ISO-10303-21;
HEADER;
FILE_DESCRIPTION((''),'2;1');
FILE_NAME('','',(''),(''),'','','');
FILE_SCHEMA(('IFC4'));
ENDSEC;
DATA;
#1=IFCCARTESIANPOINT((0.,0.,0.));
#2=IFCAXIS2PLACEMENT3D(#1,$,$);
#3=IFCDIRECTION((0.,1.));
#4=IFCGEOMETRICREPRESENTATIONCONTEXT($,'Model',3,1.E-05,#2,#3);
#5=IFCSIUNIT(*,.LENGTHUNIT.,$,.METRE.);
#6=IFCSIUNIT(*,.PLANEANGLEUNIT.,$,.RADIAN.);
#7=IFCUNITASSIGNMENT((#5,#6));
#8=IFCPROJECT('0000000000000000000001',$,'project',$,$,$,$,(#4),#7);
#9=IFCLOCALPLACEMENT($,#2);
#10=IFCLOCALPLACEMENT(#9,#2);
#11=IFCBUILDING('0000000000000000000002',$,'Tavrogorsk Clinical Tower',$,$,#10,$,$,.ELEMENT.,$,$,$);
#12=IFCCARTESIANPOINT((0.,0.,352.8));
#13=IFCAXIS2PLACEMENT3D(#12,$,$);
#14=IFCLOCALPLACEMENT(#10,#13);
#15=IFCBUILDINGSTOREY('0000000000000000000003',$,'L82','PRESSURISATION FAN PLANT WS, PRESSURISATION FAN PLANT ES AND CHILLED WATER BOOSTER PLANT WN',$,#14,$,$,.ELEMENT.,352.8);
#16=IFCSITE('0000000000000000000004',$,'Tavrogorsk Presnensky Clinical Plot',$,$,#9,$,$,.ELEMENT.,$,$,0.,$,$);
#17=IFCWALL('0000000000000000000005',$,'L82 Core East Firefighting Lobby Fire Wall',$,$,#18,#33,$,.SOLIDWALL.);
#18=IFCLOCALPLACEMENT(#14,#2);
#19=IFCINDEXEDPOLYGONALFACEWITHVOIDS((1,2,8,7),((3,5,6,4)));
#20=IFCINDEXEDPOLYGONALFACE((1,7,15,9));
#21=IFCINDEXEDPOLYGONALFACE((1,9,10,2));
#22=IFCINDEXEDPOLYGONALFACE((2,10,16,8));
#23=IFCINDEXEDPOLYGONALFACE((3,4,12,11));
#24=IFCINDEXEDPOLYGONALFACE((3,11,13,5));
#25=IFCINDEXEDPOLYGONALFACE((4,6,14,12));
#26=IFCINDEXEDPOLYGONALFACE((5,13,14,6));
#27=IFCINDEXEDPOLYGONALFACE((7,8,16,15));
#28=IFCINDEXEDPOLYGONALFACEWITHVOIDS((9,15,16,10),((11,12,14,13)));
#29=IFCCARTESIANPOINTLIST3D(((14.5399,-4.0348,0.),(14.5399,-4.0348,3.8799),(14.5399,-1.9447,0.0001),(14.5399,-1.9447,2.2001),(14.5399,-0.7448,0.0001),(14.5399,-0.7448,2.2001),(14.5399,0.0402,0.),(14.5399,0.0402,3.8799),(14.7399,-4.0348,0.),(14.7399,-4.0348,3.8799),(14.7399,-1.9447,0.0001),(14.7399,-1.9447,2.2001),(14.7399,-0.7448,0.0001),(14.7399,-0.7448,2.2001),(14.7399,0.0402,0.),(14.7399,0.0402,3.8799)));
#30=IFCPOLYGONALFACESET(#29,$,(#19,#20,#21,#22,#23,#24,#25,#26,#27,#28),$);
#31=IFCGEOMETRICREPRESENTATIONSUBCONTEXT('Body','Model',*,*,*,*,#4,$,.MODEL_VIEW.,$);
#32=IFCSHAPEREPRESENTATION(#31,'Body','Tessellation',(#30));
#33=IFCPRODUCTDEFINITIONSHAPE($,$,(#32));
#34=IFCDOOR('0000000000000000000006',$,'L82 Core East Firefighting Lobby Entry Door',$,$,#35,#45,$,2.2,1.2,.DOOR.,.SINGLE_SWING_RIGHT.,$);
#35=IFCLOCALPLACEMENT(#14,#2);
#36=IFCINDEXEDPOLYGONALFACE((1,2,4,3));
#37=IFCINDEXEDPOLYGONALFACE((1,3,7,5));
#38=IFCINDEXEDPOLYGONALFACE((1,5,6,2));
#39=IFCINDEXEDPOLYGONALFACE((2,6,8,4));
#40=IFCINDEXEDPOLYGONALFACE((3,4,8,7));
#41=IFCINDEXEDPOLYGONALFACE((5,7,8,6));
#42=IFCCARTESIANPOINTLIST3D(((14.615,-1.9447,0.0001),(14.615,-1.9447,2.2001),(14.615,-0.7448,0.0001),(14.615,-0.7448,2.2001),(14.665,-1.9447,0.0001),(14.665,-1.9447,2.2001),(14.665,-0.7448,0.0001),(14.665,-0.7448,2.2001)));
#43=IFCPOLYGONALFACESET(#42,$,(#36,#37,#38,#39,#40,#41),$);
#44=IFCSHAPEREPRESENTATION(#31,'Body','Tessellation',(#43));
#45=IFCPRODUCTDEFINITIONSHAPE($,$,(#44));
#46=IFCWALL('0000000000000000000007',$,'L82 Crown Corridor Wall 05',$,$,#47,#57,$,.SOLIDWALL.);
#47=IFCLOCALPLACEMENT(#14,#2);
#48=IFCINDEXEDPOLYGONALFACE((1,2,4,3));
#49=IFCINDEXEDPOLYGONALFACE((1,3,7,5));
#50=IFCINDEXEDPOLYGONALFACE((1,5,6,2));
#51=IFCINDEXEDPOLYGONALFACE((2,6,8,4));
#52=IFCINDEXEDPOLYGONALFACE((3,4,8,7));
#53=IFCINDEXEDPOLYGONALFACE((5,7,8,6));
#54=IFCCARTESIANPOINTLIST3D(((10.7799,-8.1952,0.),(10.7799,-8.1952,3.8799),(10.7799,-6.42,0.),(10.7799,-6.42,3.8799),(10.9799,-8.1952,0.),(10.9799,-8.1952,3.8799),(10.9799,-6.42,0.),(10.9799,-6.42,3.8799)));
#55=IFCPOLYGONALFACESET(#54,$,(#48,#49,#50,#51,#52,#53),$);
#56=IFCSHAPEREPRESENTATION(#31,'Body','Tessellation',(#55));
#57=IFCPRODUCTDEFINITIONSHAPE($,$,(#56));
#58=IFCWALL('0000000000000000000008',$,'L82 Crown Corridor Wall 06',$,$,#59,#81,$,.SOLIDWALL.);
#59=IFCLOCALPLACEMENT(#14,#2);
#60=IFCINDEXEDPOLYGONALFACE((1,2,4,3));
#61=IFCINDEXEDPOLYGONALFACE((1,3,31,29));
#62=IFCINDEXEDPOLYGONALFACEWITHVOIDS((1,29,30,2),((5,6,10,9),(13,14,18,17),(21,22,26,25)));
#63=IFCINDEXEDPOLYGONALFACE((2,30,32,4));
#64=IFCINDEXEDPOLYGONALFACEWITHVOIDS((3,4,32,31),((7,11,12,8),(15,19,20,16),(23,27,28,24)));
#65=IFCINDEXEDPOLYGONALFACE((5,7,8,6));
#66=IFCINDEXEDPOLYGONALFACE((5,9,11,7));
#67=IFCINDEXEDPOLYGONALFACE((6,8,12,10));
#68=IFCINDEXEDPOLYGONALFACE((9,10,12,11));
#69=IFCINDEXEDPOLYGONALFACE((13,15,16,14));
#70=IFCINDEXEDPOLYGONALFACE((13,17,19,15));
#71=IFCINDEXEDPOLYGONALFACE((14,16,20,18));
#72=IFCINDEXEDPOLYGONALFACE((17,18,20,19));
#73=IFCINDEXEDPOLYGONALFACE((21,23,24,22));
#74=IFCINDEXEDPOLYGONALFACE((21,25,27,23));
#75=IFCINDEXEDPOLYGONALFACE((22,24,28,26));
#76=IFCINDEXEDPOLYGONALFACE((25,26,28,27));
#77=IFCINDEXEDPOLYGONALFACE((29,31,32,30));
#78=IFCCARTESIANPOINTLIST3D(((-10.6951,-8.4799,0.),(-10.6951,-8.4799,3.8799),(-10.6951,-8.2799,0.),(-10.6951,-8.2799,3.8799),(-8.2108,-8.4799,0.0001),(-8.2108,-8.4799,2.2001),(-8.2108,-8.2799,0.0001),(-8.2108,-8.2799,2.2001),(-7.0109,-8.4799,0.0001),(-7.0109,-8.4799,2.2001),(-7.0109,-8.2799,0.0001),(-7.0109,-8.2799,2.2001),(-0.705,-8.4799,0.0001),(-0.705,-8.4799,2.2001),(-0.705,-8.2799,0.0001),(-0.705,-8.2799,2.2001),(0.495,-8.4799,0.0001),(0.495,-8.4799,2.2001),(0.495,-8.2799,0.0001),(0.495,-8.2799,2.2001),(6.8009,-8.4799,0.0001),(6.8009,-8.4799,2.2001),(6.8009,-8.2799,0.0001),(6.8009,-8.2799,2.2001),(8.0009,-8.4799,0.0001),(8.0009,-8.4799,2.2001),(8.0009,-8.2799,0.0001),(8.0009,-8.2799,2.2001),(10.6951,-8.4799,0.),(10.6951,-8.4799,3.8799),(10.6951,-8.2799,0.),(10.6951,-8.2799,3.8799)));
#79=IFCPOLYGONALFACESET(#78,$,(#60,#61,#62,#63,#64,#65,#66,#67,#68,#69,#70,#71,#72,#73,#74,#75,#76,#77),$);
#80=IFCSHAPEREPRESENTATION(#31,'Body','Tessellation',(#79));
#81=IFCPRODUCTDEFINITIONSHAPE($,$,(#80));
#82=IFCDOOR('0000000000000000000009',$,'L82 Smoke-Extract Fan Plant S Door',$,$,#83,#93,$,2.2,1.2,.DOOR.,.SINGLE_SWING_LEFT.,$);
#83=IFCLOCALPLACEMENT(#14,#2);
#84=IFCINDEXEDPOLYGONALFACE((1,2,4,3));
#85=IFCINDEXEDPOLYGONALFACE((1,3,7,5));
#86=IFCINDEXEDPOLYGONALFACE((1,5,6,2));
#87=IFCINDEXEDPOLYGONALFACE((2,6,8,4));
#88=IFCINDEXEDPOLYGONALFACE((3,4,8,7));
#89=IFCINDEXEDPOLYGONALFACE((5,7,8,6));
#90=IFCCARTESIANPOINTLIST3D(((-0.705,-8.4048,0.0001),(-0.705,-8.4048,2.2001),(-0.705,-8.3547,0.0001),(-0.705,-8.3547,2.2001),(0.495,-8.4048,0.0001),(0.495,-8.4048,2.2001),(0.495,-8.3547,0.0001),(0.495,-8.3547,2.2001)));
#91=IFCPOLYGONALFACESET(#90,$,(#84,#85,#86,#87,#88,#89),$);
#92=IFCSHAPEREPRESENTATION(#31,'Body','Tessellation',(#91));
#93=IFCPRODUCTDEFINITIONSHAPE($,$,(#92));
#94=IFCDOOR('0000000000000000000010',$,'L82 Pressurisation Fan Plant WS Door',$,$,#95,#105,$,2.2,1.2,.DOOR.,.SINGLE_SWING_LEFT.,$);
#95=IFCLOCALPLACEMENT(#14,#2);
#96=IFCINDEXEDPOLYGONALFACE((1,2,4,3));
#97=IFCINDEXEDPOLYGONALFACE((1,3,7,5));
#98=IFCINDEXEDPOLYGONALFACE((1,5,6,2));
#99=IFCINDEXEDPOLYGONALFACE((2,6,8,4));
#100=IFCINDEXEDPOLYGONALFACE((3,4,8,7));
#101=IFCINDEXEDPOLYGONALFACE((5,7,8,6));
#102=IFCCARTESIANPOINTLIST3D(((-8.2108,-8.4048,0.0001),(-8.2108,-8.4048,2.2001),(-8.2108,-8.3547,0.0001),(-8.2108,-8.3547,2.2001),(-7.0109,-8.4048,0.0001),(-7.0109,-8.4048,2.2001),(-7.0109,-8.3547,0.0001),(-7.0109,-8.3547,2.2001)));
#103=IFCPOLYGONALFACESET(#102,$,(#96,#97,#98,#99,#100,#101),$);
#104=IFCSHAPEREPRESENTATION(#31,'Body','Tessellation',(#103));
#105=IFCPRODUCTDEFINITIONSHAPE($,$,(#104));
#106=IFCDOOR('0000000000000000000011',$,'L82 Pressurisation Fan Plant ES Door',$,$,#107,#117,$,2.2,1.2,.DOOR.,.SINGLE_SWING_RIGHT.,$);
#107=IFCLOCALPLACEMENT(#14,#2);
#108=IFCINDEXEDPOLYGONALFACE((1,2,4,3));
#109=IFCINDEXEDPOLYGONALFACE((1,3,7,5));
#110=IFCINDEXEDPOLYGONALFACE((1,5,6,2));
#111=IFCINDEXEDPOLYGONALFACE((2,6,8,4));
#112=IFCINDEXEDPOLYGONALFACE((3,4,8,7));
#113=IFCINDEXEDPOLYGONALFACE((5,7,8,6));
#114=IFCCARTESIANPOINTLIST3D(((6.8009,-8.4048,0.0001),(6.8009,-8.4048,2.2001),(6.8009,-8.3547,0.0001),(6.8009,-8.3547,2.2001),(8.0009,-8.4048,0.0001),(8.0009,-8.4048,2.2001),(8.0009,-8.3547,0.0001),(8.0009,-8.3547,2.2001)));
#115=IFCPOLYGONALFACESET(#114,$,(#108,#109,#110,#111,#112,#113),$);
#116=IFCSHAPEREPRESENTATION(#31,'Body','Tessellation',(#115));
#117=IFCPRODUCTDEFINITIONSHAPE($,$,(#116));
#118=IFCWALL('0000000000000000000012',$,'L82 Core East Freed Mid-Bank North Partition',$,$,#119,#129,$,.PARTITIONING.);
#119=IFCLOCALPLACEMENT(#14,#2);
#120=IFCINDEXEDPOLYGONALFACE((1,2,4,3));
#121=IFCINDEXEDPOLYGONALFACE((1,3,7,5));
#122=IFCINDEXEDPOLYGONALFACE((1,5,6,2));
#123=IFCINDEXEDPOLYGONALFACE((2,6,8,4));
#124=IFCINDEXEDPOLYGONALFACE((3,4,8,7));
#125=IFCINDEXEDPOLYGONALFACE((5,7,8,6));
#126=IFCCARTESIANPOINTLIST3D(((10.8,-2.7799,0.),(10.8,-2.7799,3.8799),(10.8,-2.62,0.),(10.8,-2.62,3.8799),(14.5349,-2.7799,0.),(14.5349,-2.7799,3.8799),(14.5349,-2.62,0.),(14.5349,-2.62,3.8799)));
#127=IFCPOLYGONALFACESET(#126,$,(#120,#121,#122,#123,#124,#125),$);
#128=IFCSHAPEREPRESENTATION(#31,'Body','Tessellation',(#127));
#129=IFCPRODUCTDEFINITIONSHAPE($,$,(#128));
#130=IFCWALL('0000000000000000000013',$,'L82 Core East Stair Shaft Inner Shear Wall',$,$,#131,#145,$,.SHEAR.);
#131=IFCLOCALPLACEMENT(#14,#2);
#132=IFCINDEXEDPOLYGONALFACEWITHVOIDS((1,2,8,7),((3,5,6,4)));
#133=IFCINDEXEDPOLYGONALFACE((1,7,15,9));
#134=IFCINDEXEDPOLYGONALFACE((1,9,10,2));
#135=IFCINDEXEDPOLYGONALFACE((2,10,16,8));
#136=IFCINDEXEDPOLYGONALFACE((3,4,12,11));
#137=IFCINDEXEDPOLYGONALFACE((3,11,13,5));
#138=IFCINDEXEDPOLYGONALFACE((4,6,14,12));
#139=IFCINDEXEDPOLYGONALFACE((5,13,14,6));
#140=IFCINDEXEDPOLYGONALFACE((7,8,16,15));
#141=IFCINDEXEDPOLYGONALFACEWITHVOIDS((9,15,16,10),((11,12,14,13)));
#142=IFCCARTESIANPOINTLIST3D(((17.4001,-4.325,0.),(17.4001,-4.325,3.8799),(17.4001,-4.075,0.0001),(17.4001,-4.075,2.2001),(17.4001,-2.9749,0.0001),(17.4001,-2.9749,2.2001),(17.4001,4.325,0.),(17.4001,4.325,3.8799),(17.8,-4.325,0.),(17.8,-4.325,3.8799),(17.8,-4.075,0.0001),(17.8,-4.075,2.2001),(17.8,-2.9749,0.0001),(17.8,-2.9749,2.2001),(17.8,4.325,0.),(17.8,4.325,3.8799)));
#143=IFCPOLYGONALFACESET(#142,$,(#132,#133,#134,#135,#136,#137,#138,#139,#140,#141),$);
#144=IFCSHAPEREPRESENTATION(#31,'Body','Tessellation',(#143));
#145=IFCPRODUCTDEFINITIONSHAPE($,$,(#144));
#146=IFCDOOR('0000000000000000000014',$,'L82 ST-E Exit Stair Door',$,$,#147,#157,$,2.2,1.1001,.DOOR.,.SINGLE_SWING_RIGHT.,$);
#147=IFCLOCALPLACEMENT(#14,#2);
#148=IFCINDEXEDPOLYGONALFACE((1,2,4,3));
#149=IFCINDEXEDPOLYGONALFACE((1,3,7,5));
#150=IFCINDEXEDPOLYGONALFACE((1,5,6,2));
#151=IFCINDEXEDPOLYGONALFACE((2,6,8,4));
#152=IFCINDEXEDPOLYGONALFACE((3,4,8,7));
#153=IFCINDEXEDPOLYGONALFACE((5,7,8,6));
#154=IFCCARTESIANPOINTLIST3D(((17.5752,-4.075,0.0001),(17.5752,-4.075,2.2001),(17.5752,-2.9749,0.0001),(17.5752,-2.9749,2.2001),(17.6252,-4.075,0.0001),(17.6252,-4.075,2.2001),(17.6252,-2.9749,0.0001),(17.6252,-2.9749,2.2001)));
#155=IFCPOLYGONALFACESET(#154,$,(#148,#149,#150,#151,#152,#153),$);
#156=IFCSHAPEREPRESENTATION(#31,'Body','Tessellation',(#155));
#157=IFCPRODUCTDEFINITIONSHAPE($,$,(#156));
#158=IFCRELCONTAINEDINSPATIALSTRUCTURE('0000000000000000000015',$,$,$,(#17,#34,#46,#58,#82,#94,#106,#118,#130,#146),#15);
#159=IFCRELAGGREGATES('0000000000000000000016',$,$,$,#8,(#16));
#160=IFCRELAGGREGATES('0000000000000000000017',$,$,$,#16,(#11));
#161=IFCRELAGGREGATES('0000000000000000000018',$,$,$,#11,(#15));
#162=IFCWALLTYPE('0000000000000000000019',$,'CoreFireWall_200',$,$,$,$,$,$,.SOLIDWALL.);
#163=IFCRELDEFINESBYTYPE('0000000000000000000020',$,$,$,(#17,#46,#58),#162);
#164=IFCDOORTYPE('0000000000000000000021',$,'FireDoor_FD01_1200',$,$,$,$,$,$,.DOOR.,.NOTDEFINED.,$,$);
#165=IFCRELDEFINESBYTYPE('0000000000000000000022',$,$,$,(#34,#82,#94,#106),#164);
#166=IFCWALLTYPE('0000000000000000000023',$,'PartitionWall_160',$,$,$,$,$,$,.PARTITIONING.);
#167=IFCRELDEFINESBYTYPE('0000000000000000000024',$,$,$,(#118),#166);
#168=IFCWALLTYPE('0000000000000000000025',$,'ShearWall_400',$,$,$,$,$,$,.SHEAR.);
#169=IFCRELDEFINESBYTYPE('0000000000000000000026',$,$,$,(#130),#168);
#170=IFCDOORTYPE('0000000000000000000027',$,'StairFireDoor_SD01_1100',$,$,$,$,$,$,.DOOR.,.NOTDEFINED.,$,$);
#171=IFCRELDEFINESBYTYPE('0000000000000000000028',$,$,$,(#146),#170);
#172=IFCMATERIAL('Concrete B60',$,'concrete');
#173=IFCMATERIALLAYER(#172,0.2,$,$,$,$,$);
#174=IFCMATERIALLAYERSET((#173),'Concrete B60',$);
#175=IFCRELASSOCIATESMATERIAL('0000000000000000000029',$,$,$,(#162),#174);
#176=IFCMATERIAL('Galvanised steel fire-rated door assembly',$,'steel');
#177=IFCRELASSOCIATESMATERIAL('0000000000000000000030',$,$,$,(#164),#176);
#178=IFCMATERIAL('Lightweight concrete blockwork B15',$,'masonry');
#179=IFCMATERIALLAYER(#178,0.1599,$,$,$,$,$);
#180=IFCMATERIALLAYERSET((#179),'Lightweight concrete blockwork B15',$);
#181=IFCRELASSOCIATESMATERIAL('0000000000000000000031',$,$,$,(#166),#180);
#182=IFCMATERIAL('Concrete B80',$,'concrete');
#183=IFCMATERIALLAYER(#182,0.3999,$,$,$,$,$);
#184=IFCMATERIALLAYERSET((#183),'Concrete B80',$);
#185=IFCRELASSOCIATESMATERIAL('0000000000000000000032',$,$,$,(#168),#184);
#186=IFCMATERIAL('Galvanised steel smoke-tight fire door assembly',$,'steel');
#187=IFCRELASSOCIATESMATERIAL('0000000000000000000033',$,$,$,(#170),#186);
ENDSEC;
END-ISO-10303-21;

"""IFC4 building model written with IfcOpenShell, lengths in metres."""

from ifc_helpers import new_model, si_unit, direction, frame, frame_2d, origin, place, context, subcontext, project, spatial, rectangle, extrude, material, layer, layer_set, type_object, element, fill, save


model = new_model("IFC4")

# Units and contexts
model_context = context("Model", 3, precision=1e-05, world=origin(), true_north=direction((0.0, 1.0)))
body_context = subcontext(model_context, "Body", "Model", "MODEL_VIEW")
ifc_project = project(units=[si_unit("LENGTHUNIT", "METRE"), si_unit("PLANEANGLEUNIT", "RADIAN")], contexts=[model_context])

# Site, building, storey
site_placement = place(None, origin())
site = spatial("IfcSite", under=ifc_project, at=site_placement, Name="Tavrogorsk Presnensky Clinical Plot", CompositionType="ELEMENT", RefElevation=0.0)
building_placement = place(site_placement, origin())
building = spatial("IfcBuilding", under=site, at=building_placement, Name="Tavrogorsk Clinical Tower", CompositionType="ELEMENT")
storey_placement = place(building_placement, frame((0.0, 0.0, 352.8)))
storey = spatial("IfcBuildingStorey", under=building, at=storey_placement, Name="L82", Description="PRESSURISATION FAN PLANT WS, PRESSURISATION FAN PLANT ES AND CHILLED WATER BOOSTER PLANT WN", CompositionType="ELEMENT", Elevation=352.8)

# Wall, opening, door
ifc_material_1 = material(Name="Concrete B60", Category="concrete")
ifc_layer_1 = layer(ifc_material_1, 0.2)
ifc_layer_set_1 = layer_set([ifc_layer_1], Name="Concrete B60")
wall_type_1 = type_object("IfcWallType", Name="CoreFireWall_200", PredefinedType="SOLIDWALL", material=ifc_layer_set_1)
wall_1_placement = place(storey_placement, frame((14.6399, -4.0349, 0.0), z_axis=(0.0, 0.0, 1.0), x_axis=(0.0, 1.0, 0.0)))
wall_1 = element("IfcWall", 1, at=wall_1_placement, inside=storey, type_object=wall_type_1, Name="L82 Core East Firefighting Lobby Fire Wall", PredefinedType="SOLIDWALL", context=body_context, shape_type="SweptSolid", body=[
    extrude(rectangle(XDim=4.075, YDim=0.2, at=frame_2d((2.0376, 0.0))), origin(), (0.0, 0.0, 1.0), 3.8799),
])
opening_1_placement = place(wall_1_placement, frame((2.0901, 0.0, 0.0)))
opening_1 = element("IfcOpeningElement", 2, at=opening_1_placement, cuts=wall_1, PredefinedType="OPENING", context=body_context, shape_type="SweptSolid", body=[
    extrude(rectangle(XDim=1.2, YDim=2.2, at=frame_2d((0.6001, 1.1001))), frame((0.0, 0.1099, 0.0), z_axis=(0.0, -1.0, 0.0), x_axis=(1.0, 0.0, 0.0)), (0.0, 0.0, 1.0), 0.22),
])
ifc_material_2 = material(Name="Galvanised steel fire-rated door assembly", Category="steel")
door_type_1 = type_object("IfcDoorType", Name="FireDoor_FD01_1200", OperationType="NOTDEFINED", PredefinedType="DOOR", material=ifc_material_2)
door_1_placement = place(opening_1_placement, origin())
door_1 = element("IfcDoor", 3, at=door_1_placement, inside=storey, type_object=door_type_1, Name="L82 Core East Firefighting Lobby Entry Door", OperationType="SINGLE_SWING_RIGHT", OverallHeight=2.2, OverallWidth=1.2, PredefinedType="DOOR", context=body_context, shape_type="SweptSolid", body=[
    extrude(rectangle(XDim=1.2, YDim=2.2, at=frame_2d((0.6001, 1.1001))), frame((0.0, 0.0249, 0.0), z_axis=(0.0, -1.0, 0.0), x_axis=(1.0, 0.0, 0.0)), (0.0, 0.0, 1.0), 0.05),
])
fill(opening_1, door_1)

# Wall
wall_2_placement = place(storey_placement, frame((10.8799, -6.4199, 0.0), z_axis=(0.0, 0.0, 1.0), x_axis=(0.0, -1.0, 0.0)))
element("IfcWall", 4, at=wall_2_placement, inside=storey, type_object=wall_type_1, Name="L82 Crown Corridor Wall 05", PredefinedType="SOLIDWALL", context=body_context, shape_type="SweptSolid", body=[
    extrude(rectangle(XDim=1.7751, YDim=0.2, at=frame_2d((0.8877, 0.0))), origin(), (0.0, 0.0, 1.0), 3.8799),
])

# Wall, openings, doors
wall_3_placement = place(storey_placement, frame((10.6951, -8.3799, 0.0), z_axis=(0.0, 0.0, 1.0), x_axis=(-1.0, 0.0, 0.0)))
wall_3 = element("IfcWall", 5, at=wall_3_placement, inside=storey, type_object=wall_type_1, Name="L82 Crown Corridor Wall 06", PredefinedType="SOLIDWALL", context=body_context, shape_type="SweptSolid", body=[
    extrude(rectangle(XDim=21.3901, YDim=0.2, at=frame_2d((10.6951, 0.0))), origin(), (0.0, 0.0, 1.0), 3.8799),
])
opening_2_placement = place(wall_3_placement, frame((10.2, 0.0, 0.0)))
opening_2 = element("IfcOpeningElement", 6, at=opening_2_placement, cuts=wall_3, PredefinedType="OPENING", context=body_context, shape_type="SweptSolid", body=[
    extrude(rectangle(XDim=1.2, YDim=2.2, at=frame_2d((0.6001, 1.1001))), frame((0.0, 0.1099, 0.0), z_axis=(0.0, -1.0, 0.0), x_axis=(1.0, 0.0, 0.0)), (0.0, 0.0, 1.0), 0.22),
])
opening_3_placement = place(wall_3_placement, frame((17.7058, 0.0, 0.0)))
opening_3 = element("IfcOpeningElement", 7, at=opening_3_placement, cuts=wall_3, PredefinedType="OPENING", context=body_context, shape_type="SweptSolid", body=[
    extrude(rectangle(XDim=1.2, YDim=2.2, at=frame_2d((0.6001, 1.1001))), frame((0.0, 0.1099, 0.0), z_axis=(0.0, -1.0, 0.0), x_axis=(1.0, 0.0, 0.0)), (0.0, 0.0, 1.0), 0.22),
])
opening_4_placement = place(wall_3_placement, frame((2.6941, 0.0, 0.0)))
opening_4 = element("IfcOpeningElement", 8, at=opening_4_placement, cuts=wall_3, PredefinedType="OPENING", context=body_context, shape_type="SweptSolid", body=[
    extrude(rectangle(XDim=1.2, YDim=2.2, at=frame_2d((0.6001, 1.1001))), frame((0.0, 0.1099, 0.0), z_axis=(0.0, -1.0, 0.0), x_axis=(1.0, 0.0, 0.0)), (0.0, 0.0, 1.0), 0.22),
])
door_2_placement = place(opening_2_placement, origin())
door_2 = element("IfcDoor", 9, at=door_2_placement, inside=storey, type_object=door_type_1, Name="L82 Smoke-Extract Fan Plant S Door", OperationType="SINGLE_SWING_LEFT", OverallHeight=2.2, OverallWidth=1.2, PredefinedType="DOOR", context=body_context, shape_type="SweptSolid", body=[
    extrude(rectangle(XDim=1.2, YDim=2.2, at=frame_2d((0.6001, 1.1001))), frame((0.0, 0.0249, 0.0), z_axis=(0.0, -1.0, 0.0), x_axis=(1.0, 0.0, 0.0)), (0.0, 0.0, 1.0), 0.05),
])
fill(opening_2, door_2)
door_3_placement = place(opening_3_placement, origin())
door_3 = element("IfcDoor", 10, at=door_3_placement, inside=storey, type_object=door_type_1, Name="L82 Pressurisation Fan Plant WS Door", OperationType="SINGLE_SWING_LEFT", OverallHeight=2.2, OverallWidth=1.2, PredefinedType="DOOR", context=body_context, shape_type="SweptSolid", body=[
    extrude(rectangle(XDim=1.2, YDim=2.2, at=frame_2d((0.6001, 1.1001))), frame((0.0, 0.0249, 0.0), z_axis=(0.0, -1.0, 0.0), x_axis=(1.0, 0.0, 0.0)), (0.0, 0.0, 1.0), 0.05),
])
fill(opening_3, door_3)
door_4_placement = place(opening_4_placement, origin())
door_4 = element("IfcDoor", 11, at=door_4_placement, inside=storey, type_object=door_type_1, Name="L82 Pressurisation Fan Plant ES Door", OperationType="SINGLE_SWING_RIGHT", OverallHeight=2.2, OverallWidth=1.2, PredefinedType="DOOR", context=body_context, shape_type="SweptSolid", body=[
    extrude(rectangle(XDim=1.2, YDim=2.2, at=frame_2d((0.6001, 1.1001))), frame((0.0, 0.0249, 0.0), z_axis=(0.0, -1.0, 0.0), x_axis=(1.0, 0.0, 0.0)), (0.0, 0.0, 1.0), 0.05),
])
fill(opening_4, door_4)

# Wall
ifc_material_3 = material(Name="Lightweight concrete blockwork B15", Category="masonry")
ifc_layer_2 = layer(ifc_material_3, 0.1599)
ifc_layer_set_2 = layer_set([ifc_layer_2], Name="Lightweight concrete blockwork B15")
wall_type_2 = type_object("IfcWallType", Name="PartitionWall_160", PredefinedType="PARTITIONING", material=ifc_layer_set_2)
wall_4_placement = place(storey_placement, frame((10.8, -2.7, 0.0), z_axis=(0.0, 0.0, 1.0), x_axis=(1.0, 0.0, 0.0)))
element("IfcWall", 12, at=wall_4_placement, inside=storey, type_object=wall_type_2, Name="L82 Core East Freed Mid-Bank North Partition", PredefinedType="PARTITIONING", context=body_context, shape_type="SweptSolid", body=[
    extrude(rectangle(XDim=3.7349, YDim=0.1599, at=frame_2d((1.8674, 0.0))), origin(), (0.0, 0.0, 1.0), 3.8799),
])

# Wall, opening, door
ifc_material_4 = material(Name="Concrete B80", Category="concrete")
ifc_layer_3 = layer(ifc_material_4, 0.3999)
ifc_layer_set_3 = layer_set([ifc_layer_3], Name="Concrete B80")
wall_type_3 = type_object("IfcWallType", Name="ShearWall_400", PredefinedType="SHEAR", material=ifc_layer_set_3)
wall_5_placement = place(storey_placement, frame((17.6001, -4.325, 0.0), z_axis=(0.0, 0.0, 1.0), x_axis=(0.0, 1.0, 0.0)))
wall_5 = element("IfcWall", 13, at=wall_5_placement, inside=storey, type_object=wall_type_3, Name="L82 Core East Stair Shaft Inner Shear Wall", PredefinedType="SHEAR", context=body_context, shape_type="SweptSolid", body=[
    extrude(rectangle(XDim=8.6499, YDim=0.3999, at=frame_2d((4.325, 0.0))), origin(), (0.0, 0.0, 1.0), 3.8799),
])
opening_5_placement = place(wall_5_placement, frame((0.25, 0.0, 0.0)))
opening_5 = element("IfcOpeningElement", 14, at=opening_5_placement, cuts=wall_5, PredefinedType="OPENING", context=body_context, shape_type="SweptSolid", body=[
    extrude(rectangle(XDim=1.1001, YDim=2.2, at=frame_2d((0.55, 1.1001))), frame((0.0, 0.21, 0.0), z_axis=(0.0, -1.0, 0.0), x_axis=(1.0, 0.0, 0.0)), (0.0, 0.0, 1.0), 0.4199),
])
ifc_material_5 = material(Name="Galvanised steel smoke-tight fire door assembly", Category="steel")
door_type_2 = type_object("IfcDoorType", Name="StairFireDoor_SD01_1100", OperationType="NOTDEFINED", PredefinedType="DOOR", material=ifc_material_5)
door_5_placement = place(opening_5_placement, origin())
door_5 = element("IfcDoor", 15, at=door_5_placement, inside=storey, type_object=door_type_2, Name="L82 ST-E Exit Stair Door", OperationType="SINGLE_SWING_RIGHT", OverallHeight=2.2, OverallWidth=1.1001, PredefinedType="DOOR", context=body_context, shape_type="SweptSolid", body=[
    extrude(rectangle(XDim=1.1001, YDim=2.2, at=frame_2d((0.55, 1.1001))), frame((0.0, 0.0249, 0.0), z_axis=(0.0, -1.0, 0.0), x_axis=(1.0, 0.0, 0.0)), (0.0, 0.0, 1.0), 0.05),
])
fill(opening_5, door_5)

save(model, "model.ifc")
